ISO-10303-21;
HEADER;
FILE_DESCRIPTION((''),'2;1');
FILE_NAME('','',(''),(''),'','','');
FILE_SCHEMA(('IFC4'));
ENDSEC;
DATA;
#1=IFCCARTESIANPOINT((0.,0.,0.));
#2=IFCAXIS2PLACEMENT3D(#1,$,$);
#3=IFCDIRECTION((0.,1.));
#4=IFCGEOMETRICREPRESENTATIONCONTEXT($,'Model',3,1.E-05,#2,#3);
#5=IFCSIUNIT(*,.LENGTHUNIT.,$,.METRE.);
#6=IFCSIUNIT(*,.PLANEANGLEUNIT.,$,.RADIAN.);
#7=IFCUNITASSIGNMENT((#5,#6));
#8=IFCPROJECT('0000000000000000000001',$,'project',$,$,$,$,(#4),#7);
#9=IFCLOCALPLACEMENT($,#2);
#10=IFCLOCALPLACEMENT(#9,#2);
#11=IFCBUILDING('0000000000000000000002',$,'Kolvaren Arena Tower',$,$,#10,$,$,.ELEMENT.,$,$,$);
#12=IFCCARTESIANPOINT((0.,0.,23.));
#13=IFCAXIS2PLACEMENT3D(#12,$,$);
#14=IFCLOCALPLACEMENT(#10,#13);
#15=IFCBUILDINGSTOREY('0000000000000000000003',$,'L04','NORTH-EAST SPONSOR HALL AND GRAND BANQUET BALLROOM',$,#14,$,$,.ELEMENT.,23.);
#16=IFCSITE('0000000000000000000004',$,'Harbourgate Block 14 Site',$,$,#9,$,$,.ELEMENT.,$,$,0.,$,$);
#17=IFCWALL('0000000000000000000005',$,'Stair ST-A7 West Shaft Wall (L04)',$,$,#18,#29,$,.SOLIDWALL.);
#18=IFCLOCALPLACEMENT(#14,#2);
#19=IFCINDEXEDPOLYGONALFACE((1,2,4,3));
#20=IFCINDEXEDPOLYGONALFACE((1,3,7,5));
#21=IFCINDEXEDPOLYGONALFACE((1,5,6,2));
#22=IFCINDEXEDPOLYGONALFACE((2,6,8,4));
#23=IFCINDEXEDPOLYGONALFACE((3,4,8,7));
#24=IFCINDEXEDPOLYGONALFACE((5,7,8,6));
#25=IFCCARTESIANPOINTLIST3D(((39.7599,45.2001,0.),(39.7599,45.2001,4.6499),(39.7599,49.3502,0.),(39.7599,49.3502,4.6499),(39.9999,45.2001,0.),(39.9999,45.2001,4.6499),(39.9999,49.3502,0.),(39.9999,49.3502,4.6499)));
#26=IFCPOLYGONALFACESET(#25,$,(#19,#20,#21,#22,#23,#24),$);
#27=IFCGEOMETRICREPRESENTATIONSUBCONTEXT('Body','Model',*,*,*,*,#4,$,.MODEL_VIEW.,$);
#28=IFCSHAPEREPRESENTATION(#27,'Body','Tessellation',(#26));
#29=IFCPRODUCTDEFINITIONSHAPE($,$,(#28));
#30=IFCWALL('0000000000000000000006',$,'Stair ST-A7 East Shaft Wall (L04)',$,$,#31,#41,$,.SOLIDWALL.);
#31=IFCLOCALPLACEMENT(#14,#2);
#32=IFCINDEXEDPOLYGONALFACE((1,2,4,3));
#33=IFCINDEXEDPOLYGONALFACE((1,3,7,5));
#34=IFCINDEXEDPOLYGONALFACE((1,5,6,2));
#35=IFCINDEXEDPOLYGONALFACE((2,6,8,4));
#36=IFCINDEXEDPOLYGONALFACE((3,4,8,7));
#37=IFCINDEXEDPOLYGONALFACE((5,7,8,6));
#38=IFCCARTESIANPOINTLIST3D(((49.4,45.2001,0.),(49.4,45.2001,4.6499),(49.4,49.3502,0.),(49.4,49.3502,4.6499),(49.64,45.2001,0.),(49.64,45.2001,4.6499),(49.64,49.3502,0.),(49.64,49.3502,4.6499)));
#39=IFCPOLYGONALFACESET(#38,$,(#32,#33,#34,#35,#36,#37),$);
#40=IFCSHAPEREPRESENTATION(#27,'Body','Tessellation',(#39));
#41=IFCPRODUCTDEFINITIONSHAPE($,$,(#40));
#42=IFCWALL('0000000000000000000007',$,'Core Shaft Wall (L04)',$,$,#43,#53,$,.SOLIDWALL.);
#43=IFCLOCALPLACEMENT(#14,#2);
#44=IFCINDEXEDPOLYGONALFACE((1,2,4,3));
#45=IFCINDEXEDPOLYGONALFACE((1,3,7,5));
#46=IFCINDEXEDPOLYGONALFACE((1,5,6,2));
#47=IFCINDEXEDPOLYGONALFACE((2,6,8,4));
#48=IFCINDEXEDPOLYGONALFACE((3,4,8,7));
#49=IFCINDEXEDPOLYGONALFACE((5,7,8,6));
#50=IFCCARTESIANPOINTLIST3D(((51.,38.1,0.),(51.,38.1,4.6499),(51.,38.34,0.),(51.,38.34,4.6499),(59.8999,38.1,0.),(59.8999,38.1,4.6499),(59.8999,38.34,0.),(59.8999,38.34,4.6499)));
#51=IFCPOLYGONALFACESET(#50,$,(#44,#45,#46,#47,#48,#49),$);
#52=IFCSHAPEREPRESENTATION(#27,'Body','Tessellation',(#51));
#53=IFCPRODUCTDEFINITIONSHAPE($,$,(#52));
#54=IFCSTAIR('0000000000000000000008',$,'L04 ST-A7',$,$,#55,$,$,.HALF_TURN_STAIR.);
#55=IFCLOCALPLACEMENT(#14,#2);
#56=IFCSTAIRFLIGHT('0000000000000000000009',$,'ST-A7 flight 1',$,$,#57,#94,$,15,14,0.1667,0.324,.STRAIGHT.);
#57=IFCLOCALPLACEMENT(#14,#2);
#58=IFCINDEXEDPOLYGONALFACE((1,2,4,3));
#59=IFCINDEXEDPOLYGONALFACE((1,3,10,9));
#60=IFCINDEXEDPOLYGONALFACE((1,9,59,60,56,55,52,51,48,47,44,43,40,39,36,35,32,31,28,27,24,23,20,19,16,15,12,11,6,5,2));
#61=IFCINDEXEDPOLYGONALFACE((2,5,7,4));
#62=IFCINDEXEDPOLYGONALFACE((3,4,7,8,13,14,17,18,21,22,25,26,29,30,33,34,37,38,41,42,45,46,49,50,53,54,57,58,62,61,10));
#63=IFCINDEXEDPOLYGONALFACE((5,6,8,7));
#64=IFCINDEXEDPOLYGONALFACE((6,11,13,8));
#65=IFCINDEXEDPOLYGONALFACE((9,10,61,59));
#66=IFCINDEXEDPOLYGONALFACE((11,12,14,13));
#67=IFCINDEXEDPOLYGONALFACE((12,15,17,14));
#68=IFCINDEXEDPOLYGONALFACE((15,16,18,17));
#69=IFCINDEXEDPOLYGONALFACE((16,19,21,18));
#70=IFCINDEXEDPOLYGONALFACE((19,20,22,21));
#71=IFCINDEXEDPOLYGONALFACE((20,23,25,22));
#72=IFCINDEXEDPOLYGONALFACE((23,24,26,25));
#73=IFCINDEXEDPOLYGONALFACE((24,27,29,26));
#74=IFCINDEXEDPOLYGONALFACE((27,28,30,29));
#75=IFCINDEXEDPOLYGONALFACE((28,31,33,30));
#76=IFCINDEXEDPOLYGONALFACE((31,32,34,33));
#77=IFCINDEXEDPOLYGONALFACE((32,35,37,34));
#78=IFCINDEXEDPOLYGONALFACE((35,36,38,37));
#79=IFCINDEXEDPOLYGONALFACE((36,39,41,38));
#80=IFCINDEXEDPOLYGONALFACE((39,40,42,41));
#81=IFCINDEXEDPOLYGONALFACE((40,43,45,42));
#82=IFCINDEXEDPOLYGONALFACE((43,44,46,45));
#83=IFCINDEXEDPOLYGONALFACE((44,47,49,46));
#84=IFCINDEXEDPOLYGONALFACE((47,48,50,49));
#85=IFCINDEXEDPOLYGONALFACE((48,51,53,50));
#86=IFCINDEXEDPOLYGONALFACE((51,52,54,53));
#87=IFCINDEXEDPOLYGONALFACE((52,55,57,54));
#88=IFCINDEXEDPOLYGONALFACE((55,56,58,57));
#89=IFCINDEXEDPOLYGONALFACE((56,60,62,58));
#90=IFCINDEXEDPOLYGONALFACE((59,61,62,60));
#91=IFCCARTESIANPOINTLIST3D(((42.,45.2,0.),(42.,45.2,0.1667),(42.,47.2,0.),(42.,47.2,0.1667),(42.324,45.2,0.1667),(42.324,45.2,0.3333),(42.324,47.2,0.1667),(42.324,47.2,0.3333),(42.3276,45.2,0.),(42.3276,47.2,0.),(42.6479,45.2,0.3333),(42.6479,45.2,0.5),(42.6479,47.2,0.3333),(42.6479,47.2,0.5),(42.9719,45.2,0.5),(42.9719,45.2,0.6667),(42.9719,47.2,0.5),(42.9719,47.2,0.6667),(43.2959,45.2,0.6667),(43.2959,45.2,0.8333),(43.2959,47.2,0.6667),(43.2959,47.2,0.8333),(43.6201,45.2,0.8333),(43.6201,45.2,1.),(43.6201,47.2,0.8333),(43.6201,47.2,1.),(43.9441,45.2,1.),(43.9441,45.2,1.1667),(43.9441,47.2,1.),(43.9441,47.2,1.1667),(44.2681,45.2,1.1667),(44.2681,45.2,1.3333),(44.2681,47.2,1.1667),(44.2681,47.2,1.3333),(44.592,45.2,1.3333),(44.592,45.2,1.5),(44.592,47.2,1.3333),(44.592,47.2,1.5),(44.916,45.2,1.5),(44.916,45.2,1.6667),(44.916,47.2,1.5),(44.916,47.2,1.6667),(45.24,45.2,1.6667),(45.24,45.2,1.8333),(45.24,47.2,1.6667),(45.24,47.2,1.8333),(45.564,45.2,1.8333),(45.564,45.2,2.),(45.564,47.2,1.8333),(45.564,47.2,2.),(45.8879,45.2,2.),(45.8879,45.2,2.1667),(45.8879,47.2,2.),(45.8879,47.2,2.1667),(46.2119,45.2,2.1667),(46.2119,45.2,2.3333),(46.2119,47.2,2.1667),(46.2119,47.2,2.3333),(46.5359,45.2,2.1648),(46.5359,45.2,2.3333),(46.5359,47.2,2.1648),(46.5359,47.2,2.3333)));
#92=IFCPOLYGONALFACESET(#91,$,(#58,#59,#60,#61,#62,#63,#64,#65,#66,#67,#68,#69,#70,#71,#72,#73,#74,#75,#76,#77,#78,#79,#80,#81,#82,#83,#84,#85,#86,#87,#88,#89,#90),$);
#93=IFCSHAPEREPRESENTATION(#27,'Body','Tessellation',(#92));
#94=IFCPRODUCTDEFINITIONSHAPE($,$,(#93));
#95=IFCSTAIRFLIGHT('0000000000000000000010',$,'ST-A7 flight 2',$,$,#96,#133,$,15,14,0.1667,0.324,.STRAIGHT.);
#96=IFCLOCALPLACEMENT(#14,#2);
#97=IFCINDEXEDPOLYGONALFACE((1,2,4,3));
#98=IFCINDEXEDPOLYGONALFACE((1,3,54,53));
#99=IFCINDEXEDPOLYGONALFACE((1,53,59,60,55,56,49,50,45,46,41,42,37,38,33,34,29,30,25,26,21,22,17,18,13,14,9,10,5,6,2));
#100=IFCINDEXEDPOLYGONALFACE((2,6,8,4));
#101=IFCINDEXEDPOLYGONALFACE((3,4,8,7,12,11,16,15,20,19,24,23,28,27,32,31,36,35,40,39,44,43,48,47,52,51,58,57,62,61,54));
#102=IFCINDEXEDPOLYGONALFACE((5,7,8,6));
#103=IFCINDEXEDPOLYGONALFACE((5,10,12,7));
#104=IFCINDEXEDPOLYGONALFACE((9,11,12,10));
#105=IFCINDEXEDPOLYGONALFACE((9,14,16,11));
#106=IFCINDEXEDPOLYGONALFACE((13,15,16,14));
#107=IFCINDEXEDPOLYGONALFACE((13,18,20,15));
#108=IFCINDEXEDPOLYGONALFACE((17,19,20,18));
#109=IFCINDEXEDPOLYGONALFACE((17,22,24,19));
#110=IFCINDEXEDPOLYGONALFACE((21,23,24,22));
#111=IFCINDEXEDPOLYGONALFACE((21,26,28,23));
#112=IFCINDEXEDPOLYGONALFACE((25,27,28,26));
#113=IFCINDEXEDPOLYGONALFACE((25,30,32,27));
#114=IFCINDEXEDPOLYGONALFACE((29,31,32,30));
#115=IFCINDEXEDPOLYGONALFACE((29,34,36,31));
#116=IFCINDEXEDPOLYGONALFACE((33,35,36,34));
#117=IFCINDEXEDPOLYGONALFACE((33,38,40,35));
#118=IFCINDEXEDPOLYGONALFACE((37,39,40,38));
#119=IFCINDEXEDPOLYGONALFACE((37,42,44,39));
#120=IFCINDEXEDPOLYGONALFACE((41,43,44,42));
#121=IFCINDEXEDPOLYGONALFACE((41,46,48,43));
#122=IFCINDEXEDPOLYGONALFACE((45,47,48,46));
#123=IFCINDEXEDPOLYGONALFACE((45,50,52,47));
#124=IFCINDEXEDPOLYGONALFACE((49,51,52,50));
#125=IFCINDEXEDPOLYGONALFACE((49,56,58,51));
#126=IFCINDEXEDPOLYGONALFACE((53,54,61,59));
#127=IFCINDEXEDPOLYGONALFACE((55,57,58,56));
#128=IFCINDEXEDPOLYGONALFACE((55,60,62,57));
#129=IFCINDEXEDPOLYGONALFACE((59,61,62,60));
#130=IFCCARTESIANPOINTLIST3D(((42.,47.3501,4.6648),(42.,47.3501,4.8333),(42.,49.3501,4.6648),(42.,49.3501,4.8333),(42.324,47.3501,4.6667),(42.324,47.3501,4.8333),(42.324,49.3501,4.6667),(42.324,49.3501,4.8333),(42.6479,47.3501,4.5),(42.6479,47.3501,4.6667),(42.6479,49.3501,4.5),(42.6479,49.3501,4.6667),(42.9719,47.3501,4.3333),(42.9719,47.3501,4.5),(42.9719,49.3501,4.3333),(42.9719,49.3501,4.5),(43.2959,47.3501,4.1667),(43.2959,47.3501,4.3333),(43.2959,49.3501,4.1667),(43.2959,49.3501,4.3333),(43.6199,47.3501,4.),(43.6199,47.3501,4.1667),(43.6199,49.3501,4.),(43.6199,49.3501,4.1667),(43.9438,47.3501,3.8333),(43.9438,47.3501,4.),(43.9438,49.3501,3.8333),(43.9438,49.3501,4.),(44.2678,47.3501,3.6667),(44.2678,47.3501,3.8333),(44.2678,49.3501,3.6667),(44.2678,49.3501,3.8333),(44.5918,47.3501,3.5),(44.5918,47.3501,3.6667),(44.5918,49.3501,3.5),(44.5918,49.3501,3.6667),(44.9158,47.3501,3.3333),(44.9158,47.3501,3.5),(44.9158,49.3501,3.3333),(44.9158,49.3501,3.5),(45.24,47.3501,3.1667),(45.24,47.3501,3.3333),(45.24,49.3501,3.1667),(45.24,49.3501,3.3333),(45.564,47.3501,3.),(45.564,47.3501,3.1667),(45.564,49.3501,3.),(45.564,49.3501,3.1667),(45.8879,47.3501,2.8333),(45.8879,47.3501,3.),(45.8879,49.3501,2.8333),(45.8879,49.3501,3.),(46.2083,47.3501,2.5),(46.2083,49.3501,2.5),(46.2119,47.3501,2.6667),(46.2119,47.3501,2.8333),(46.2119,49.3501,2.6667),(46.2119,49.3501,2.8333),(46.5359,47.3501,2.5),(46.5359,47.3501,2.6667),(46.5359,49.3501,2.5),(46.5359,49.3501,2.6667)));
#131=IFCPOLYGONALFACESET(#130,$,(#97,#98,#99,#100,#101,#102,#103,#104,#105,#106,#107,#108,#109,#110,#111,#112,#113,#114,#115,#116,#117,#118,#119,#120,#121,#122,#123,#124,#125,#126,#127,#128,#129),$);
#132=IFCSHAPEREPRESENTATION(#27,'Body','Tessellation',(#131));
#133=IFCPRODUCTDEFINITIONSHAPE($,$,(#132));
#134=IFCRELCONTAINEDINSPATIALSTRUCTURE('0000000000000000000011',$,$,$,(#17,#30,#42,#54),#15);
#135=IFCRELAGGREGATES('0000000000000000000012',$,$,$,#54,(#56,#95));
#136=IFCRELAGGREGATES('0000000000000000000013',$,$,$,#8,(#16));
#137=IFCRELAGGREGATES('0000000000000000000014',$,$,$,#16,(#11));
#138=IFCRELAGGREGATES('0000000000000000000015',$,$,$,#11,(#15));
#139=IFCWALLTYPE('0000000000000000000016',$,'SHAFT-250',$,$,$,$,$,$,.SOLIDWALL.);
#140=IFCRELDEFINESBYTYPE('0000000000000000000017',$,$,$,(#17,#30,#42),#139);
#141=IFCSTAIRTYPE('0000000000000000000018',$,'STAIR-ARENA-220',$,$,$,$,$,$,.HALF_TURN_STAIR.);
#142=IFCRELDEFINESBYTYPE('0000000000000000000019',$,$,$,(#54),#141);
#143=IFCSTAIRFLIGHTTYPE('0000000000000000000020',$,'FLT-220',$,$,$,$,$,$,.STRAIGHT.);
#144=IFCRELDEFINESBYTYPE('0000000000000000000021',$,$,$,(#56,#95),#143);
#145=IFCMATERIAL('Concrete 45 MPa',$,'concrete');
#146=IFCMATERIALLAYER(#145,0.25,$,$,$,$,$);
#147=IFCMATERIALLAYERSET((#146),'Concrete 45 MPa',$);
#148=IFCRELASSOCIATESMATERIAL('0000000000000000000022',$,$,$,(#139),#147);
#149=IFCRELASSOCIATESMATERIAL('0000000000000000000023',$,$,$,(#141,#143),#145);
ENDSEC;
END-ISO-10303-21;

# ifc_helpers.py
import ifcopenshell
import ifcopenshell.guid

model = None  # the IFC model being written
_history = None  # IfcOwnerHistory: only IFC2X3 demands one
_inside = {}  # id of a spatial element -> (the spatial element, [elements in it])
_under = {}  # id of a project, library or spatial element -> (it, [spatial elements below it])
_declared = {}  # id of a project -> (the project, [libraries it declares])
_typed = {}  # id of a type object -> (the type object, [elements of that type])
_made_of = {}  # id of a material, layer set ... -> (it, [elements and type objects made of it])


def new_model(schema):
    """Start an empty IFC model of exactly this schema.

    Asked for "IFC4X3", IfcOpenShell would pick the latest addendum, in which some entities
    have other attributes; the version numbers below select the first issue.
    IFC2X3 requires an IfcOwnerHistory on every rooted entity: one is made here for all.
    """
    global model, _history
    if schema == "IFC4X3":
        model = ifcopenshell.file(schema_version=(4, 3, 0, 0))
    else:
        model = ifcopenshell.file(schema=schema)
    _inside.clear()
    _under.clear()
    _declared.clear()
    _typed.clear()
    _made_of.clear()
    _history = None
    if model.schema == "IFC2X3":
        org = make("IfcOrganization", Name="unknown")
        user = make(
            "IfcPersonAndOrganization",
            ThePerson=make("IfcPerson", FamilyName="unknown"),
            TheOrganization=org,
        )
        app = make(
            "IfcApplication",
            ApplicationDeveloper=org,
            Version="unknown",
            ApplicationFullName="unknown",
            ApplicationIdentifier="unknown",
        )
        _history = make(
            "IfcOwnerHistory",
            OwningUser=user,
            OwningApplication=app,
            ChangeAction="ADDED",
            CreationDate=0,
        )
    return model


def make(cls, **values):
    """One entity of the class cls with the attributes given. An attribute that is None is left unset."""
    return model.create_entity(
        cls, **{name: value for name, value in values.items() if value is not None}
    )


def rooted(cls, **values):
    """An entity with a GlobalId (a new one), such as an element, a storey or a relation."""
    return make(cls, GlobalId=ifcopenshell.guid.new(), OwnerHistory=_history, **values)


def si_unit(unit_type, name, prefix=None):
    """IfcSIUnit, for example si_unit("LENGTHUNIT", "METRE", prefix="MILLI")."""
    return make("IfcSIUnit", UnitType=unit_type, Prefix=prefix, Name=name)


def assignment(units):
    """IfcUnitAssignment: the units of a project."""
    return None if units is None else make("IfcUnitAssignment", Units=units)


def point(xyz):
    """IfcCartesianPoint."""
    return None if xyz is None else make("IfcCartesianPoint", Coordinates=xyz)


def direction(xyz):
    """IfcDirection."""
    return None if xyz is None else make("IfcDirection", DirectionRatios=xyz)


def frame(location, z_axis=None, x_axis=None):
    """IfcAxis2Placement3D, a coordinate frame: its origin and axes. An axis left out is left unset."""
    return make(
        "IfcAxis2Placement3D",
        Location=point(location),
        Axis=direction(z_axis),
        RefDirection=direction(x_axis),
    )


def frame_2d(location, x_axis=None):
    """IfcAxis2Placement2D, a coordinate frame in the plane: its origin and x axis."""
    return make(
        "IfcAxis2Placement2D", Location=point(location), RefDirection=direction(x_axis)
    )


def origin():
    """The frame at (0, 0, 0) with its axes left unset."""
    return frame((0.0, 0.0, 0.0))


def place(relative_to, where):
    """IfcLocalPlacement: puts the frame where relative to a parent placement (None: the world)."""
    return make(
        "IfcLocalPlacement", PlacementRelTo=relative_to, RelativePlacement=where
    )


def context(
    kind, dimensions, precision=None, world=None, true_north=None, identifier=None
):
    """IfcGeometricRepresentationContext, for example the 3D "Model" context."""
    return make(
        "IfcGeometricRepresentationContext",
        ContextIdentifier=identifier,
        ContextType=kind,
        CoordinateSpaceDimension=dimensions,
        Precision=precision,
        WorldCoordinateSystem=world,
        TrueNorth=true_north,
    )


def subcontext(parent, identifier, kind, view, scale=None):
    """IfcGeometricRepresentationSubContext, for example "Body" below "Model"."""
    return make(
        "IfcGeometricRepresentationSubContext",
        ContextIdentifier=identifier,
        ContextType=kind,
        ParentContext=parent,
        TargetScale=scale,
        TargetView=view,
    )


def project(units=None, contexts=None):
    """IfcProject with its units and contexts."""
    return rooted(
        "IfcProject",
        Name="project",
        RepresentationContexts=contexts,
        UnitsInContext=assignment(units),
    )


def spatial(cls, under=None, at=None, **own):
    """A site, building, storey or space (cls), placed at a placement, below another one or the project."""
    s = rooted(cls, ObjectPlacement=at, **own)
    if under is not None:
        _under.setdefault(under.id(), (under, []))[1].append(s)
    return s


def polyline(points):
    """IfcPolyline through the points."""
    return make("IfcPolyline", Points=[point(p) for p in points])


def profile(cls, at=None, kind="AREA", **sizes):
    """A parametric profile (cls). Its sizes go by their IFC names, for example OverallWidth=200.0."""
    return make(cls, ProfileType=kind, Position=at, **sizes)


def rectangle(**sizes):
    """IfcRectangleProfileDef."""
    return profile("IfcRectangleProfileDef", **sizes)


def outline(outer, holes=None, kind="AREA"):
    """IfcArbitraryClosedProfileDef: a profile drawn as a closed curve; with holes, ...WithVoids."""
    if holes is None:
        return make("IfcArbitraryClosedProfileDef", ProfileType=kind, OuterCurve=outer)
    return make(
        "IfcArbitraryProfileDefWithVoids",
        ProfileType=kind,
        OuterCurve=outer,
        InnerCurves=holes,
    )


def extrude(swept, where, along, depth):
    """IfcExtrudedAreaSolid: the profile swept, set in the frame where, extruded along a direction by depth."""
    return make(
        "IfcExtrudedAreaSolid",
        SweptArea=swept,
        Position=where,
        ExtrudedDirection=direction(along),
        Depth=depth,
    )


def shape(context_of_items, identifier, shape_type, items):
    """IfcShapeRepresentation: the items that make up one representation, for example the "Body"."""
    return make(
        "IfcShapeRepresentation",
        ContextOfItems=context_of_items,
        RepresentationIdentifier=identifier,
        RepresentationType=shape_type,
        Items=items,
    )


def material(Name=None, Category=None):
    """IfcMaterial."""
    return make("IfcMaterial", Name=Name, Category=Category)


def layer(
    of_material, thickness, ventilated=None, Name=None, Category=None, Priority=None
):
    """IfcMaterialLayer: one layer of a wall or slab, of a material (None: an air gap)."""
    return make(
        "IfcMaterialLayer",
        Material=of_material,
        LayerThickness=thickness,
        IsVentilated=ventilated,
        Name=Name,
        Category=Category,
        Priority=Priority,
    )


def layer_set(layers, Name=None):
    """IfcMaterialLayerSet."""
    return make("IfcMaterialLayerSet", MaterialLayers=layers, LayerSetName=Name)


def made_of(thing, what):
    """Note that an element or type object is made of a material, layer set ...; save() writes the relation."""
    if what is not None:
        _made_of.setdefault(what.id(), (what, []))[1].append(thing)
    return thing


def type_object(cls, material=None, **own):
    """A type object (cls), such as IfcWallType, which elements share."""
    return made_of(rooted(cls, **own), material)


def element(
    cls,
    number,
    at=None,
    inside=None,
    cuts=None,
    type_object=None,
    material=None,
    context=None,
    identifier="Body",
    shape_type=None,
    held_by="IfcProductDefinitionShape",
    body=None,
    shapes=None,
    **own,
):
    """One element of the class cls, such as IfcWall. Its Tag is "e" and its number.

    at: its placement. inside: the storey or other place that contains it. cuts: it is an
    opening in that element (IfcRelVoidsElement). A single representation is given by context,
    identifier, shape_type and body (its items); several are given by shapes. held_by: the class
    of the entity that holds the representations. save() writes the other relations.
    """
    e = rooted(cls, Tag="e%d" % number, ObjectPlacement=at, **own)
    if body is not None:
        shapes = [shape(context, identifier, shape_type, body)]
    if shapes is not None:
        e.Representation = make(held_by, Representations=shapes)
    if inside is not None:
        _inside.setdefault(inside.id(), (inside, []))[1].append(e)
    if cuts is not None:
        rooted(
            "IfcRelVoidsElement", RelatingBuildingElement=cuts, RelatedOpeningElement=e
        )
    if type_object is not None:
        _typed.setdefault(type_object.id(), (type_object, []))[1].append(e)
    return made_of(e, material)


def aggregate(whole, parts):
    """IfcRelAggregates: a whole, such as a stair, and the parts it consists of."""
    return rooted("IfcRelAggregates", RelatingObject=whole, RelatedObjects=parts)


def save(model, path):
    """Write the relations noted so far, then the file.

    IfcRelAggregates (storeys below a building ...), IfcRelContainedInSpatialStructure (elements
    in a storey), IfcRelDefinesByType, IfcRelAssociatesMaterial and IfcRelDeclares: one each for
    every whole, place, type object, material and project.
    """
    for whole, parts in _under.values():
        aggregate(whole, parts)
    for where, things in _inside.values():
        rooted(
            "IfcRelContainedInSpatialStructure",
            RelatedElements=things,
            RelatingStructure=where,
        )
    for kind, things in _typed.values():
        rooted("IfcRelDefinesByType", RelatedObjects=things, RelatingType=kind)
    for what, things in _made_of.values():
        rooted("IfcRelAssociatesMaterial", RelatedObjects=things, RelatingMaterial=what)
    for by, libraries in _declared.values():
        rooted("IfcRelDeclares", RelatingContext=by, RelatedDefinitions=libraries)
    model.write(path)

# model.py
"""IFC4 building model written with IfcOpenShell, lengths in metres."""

from ifc_helpers import new_model, si_unit, direction, frame, frame_2d, origin, place, context, subcontext, project, spatial, polyline, rectangle, outline, extrude, material, layer, layer_set, type_object, element, aggregate, save


model = new_model("IFC4")

# Units and contexts
model_context = context("Model", 3, precision=1e-05, world=origin(), true_north=direction((0.0, 1.0)))
body_context = subcontext(model_context, "Body", "Model", "MODEL_VIEW")
ifc_project = project(units=[si_unit("LENGTHUNIT", "METRE"), si_unit("PLANEANGLEUNIT", "RADIAN")], contexts=[model_context])

# Site, building, storey
site_placement = place(None, origin())
site = spatial("IfcSite", under=ifc_project, at=site_placement, Name="Harbourgate Block 14 Site", CompositionType="ELEMENT", RefElevation=0.0)
building_placement = place(site_placement, origin())
building = spatial("IfcBuilding", under=site, at=building_placement, Name="Kolvaren Arena Tower", CompositionType="ELEMENT")
storey_placement = place(building_placement, frame((0.0, 0.0, 23.0)))
storey = spatial("IfcBuildingStorey", under=building, at=storey_placement, Name="L04", Description="NORTH-EAST SPONSOR HALL AND GRAND BANQUET BALLROOM", CompositionType="ELEMENT", Elevation=23.0)

# Shared definitions
ifc_material_1 = material(Name="Concrete 45 MPa", Category="concrete")
ifc_layer_1 = layer(ifc_material_1, 0.25)
ifc_layer_set_1 = layer_set([ifc_layer_1], Name="Concrete 45 MPa")
wall_type_1 = type_object("IfcWallType", Name="SHAFT-250", PredefinedType="SOLIDWALL", material=ifc_layer_set_1)

# Walls
for number, where, z_axis, x_axis, name in (
    (1, (39.8799, 45.2, 0.0), (0.0, 0.0, 1.0), (0.0, 1.0, 0.0), "Stair ST-A7 West Shaft Wall (L04)"),
    (2, (49.52, 45.2, 0.0), (0.0, 0.0, 1.0), (0.0, 1.0, 0.0), "Stair ST-A7 East Shaft Wall (L04)"),
):
    element("IfcWall", number, at=place(storey_placement, frame(where, z_axis=z_axis, x_axis=x_axis)), inside=storey, type_object=wall_type_1, Name=name, PredefinedType="SOLIDWALL", context=body_context, shape_type="SweptSolid", body=[
        extrude(rectangle(XDim=4.1501, YDim=0.24, at=frame_2d((2.0752, 0.0))), origin(), (0.0, 0.0, 1.0), 4.6499),
    ])
wall_1_placement = place(storey_placement, frame((51.0, 38.22, 0.0), z_axis=(0.0, 0.0, 1.0), x_axis=(1.0, 0.0, 0.0)))
element("IfcWall", 3, at=wall_1_placement, inside=storey, type_object=wall_type_1, Name="Core Shaft Wall (L04)", PredefinedType="SOLIDWALL", context=body_context, shape_type="SweptSolid", body=[
    extrude(rectangle(XDim=8.8999, YDim=0.24, at=frame_2d((4.45, 0.0))), origin(), (0.0, 0.0, 1.0), 4.6499),
])

# Stair, stair flights
stair_type = type_object("IfcStairType", Name="STAIR-ARENA-220", PredefinedType="HALF_TURN_STAIR", material=ifc_material_1)
stair_placement = place(storey_placement, origin())
stair = element("IfcStair", 4, at=stair_placement, inside=storey, type_object=stair_type, Name="L04 ST-A7", PredefinedType="HALF_TURN_STAIR")
stair_flight_type = type_object("IfcStairFlightType", Name="FLT-220", PredefinedType="STRAIGHT", material=ifc_material_1)
stair_flight_1_placement = place(storey_placement, frame((42.0, 46.2, 0.0), z_axis=(0.0, 0.0, 1.0), x_axis=(1.0, 0.0, 0.0)))
stair_flight_1 = element("IfcStairFlight", 5, at=stair_flight_1_placement, type_object=stair_flight_type, Name="ST-A7 flight 1", NumberOfRisers=15, NumberOfTreads=14, PredefinedType="STRAIGHT", RiserHeight=0.1667, TreadLength=0.324, context=body_context, shape_type="SweptSolid", body=[
    extrude(outline(polyline([(0.0, 0.0), (0.0, 0.1667), (0.324, 0.1667), (0.324, 0.3333), (0.6479, 0.3333), (0.6479, 0.5), (0.9719, 0.5), (0.9719, 0.6667), (1.2959, 0.6667), (1.2959, 0.8333), (1.6201, 0.8333), (1.6201, 1.0), (1.9441, 1.0), (1.9441, 1.1667), (2.2681, 1.1667), (2.2681, 1.3333), (2.592, 1.3333), (2.592, 1.5), (2.916, 1.5), (2.916, 1.6667), (3.24, 1.6667), (3.24, 1.8333), (3.564, 1.8333), (3.564, 2.0), (3.8879, 2.0), (3.8879, 2.1667), (4.2119, 2.1667), (4.2119, 2.3333), (4.5359, 2.3333), (4.5359, 2.5), (4.5359, 2.1648), (0.3276, 0.0), (0.0, 0.0)])), frame((0.0, 1.0, 0.0), z_axis=(0.0, -1.0, 0.0), x_axis=(1.0, 0.0, 0.0)), (0.0, 0.0, 1.0), 2.0),
])
stair_flight_2_placement = place(storey_placement, frame((46.5359, 48.3501, 2.5), z_axis=(0.0, 0.0, 1.0), x_axis=(-1.0, 0.0, 0.0)))
stair_flight_2 = element("IfcStairFlight", 6, at=stair_flight_2_placement, type_object=stair_flight_type, Name="ST-A7 flight 2", NumberOfRisers=15, NumberOfTreads=14, PredefinedType="STRAIGHT", RiserHeight=0.1667, TreadLength=0.324, context=body_context, shape_type="SweptSolid", body=[
    extrude(outline(polyline([(0.0, 0.0), (0.0, 0.1667), (0.324, 0.1667), (0.324, 0.3333), (0.6479, 0.3333), (0.6479, 0.5), (0.9719, 0.5), (0.9719, 0.6667), (1.2959, 0.6667), (1.2959, 0.8333), (1.6201, 0.8333), (1.6201, 1.0), (1.9441, 1.0), (1.9441, 1.1667), (2.2681, 1.1667), (2.2681, 1.3333), (2.592, 1.3333), (2.592, 1.5), (2.916, 1.5), (2.916, 1.6667), (3.24, 1.6667), (3.24, 1.8333), (3.564, 1.8333), (3.564, 2.0), (3.8879, 2.0), (3.8879, 2.1667), (4.2119, 2.1667), (4.2119, 2.3333), (4.5359, 2.3333), (4.5359, 2.5), (4.5359, 2.1648), (0.3276, 0.0), (0.0, 0.0)])), frame((0.0, 1.0, 0.0), z_axis=(0.0, -1.0, 0.0), x_axis=(1.0, 0.0, 0.0)), (0.0, 0.0, 1.0), 2.0),
])
aggregate(stair, [stair_flight_1, stair_flight_2])

save(model, "model.ifc")
